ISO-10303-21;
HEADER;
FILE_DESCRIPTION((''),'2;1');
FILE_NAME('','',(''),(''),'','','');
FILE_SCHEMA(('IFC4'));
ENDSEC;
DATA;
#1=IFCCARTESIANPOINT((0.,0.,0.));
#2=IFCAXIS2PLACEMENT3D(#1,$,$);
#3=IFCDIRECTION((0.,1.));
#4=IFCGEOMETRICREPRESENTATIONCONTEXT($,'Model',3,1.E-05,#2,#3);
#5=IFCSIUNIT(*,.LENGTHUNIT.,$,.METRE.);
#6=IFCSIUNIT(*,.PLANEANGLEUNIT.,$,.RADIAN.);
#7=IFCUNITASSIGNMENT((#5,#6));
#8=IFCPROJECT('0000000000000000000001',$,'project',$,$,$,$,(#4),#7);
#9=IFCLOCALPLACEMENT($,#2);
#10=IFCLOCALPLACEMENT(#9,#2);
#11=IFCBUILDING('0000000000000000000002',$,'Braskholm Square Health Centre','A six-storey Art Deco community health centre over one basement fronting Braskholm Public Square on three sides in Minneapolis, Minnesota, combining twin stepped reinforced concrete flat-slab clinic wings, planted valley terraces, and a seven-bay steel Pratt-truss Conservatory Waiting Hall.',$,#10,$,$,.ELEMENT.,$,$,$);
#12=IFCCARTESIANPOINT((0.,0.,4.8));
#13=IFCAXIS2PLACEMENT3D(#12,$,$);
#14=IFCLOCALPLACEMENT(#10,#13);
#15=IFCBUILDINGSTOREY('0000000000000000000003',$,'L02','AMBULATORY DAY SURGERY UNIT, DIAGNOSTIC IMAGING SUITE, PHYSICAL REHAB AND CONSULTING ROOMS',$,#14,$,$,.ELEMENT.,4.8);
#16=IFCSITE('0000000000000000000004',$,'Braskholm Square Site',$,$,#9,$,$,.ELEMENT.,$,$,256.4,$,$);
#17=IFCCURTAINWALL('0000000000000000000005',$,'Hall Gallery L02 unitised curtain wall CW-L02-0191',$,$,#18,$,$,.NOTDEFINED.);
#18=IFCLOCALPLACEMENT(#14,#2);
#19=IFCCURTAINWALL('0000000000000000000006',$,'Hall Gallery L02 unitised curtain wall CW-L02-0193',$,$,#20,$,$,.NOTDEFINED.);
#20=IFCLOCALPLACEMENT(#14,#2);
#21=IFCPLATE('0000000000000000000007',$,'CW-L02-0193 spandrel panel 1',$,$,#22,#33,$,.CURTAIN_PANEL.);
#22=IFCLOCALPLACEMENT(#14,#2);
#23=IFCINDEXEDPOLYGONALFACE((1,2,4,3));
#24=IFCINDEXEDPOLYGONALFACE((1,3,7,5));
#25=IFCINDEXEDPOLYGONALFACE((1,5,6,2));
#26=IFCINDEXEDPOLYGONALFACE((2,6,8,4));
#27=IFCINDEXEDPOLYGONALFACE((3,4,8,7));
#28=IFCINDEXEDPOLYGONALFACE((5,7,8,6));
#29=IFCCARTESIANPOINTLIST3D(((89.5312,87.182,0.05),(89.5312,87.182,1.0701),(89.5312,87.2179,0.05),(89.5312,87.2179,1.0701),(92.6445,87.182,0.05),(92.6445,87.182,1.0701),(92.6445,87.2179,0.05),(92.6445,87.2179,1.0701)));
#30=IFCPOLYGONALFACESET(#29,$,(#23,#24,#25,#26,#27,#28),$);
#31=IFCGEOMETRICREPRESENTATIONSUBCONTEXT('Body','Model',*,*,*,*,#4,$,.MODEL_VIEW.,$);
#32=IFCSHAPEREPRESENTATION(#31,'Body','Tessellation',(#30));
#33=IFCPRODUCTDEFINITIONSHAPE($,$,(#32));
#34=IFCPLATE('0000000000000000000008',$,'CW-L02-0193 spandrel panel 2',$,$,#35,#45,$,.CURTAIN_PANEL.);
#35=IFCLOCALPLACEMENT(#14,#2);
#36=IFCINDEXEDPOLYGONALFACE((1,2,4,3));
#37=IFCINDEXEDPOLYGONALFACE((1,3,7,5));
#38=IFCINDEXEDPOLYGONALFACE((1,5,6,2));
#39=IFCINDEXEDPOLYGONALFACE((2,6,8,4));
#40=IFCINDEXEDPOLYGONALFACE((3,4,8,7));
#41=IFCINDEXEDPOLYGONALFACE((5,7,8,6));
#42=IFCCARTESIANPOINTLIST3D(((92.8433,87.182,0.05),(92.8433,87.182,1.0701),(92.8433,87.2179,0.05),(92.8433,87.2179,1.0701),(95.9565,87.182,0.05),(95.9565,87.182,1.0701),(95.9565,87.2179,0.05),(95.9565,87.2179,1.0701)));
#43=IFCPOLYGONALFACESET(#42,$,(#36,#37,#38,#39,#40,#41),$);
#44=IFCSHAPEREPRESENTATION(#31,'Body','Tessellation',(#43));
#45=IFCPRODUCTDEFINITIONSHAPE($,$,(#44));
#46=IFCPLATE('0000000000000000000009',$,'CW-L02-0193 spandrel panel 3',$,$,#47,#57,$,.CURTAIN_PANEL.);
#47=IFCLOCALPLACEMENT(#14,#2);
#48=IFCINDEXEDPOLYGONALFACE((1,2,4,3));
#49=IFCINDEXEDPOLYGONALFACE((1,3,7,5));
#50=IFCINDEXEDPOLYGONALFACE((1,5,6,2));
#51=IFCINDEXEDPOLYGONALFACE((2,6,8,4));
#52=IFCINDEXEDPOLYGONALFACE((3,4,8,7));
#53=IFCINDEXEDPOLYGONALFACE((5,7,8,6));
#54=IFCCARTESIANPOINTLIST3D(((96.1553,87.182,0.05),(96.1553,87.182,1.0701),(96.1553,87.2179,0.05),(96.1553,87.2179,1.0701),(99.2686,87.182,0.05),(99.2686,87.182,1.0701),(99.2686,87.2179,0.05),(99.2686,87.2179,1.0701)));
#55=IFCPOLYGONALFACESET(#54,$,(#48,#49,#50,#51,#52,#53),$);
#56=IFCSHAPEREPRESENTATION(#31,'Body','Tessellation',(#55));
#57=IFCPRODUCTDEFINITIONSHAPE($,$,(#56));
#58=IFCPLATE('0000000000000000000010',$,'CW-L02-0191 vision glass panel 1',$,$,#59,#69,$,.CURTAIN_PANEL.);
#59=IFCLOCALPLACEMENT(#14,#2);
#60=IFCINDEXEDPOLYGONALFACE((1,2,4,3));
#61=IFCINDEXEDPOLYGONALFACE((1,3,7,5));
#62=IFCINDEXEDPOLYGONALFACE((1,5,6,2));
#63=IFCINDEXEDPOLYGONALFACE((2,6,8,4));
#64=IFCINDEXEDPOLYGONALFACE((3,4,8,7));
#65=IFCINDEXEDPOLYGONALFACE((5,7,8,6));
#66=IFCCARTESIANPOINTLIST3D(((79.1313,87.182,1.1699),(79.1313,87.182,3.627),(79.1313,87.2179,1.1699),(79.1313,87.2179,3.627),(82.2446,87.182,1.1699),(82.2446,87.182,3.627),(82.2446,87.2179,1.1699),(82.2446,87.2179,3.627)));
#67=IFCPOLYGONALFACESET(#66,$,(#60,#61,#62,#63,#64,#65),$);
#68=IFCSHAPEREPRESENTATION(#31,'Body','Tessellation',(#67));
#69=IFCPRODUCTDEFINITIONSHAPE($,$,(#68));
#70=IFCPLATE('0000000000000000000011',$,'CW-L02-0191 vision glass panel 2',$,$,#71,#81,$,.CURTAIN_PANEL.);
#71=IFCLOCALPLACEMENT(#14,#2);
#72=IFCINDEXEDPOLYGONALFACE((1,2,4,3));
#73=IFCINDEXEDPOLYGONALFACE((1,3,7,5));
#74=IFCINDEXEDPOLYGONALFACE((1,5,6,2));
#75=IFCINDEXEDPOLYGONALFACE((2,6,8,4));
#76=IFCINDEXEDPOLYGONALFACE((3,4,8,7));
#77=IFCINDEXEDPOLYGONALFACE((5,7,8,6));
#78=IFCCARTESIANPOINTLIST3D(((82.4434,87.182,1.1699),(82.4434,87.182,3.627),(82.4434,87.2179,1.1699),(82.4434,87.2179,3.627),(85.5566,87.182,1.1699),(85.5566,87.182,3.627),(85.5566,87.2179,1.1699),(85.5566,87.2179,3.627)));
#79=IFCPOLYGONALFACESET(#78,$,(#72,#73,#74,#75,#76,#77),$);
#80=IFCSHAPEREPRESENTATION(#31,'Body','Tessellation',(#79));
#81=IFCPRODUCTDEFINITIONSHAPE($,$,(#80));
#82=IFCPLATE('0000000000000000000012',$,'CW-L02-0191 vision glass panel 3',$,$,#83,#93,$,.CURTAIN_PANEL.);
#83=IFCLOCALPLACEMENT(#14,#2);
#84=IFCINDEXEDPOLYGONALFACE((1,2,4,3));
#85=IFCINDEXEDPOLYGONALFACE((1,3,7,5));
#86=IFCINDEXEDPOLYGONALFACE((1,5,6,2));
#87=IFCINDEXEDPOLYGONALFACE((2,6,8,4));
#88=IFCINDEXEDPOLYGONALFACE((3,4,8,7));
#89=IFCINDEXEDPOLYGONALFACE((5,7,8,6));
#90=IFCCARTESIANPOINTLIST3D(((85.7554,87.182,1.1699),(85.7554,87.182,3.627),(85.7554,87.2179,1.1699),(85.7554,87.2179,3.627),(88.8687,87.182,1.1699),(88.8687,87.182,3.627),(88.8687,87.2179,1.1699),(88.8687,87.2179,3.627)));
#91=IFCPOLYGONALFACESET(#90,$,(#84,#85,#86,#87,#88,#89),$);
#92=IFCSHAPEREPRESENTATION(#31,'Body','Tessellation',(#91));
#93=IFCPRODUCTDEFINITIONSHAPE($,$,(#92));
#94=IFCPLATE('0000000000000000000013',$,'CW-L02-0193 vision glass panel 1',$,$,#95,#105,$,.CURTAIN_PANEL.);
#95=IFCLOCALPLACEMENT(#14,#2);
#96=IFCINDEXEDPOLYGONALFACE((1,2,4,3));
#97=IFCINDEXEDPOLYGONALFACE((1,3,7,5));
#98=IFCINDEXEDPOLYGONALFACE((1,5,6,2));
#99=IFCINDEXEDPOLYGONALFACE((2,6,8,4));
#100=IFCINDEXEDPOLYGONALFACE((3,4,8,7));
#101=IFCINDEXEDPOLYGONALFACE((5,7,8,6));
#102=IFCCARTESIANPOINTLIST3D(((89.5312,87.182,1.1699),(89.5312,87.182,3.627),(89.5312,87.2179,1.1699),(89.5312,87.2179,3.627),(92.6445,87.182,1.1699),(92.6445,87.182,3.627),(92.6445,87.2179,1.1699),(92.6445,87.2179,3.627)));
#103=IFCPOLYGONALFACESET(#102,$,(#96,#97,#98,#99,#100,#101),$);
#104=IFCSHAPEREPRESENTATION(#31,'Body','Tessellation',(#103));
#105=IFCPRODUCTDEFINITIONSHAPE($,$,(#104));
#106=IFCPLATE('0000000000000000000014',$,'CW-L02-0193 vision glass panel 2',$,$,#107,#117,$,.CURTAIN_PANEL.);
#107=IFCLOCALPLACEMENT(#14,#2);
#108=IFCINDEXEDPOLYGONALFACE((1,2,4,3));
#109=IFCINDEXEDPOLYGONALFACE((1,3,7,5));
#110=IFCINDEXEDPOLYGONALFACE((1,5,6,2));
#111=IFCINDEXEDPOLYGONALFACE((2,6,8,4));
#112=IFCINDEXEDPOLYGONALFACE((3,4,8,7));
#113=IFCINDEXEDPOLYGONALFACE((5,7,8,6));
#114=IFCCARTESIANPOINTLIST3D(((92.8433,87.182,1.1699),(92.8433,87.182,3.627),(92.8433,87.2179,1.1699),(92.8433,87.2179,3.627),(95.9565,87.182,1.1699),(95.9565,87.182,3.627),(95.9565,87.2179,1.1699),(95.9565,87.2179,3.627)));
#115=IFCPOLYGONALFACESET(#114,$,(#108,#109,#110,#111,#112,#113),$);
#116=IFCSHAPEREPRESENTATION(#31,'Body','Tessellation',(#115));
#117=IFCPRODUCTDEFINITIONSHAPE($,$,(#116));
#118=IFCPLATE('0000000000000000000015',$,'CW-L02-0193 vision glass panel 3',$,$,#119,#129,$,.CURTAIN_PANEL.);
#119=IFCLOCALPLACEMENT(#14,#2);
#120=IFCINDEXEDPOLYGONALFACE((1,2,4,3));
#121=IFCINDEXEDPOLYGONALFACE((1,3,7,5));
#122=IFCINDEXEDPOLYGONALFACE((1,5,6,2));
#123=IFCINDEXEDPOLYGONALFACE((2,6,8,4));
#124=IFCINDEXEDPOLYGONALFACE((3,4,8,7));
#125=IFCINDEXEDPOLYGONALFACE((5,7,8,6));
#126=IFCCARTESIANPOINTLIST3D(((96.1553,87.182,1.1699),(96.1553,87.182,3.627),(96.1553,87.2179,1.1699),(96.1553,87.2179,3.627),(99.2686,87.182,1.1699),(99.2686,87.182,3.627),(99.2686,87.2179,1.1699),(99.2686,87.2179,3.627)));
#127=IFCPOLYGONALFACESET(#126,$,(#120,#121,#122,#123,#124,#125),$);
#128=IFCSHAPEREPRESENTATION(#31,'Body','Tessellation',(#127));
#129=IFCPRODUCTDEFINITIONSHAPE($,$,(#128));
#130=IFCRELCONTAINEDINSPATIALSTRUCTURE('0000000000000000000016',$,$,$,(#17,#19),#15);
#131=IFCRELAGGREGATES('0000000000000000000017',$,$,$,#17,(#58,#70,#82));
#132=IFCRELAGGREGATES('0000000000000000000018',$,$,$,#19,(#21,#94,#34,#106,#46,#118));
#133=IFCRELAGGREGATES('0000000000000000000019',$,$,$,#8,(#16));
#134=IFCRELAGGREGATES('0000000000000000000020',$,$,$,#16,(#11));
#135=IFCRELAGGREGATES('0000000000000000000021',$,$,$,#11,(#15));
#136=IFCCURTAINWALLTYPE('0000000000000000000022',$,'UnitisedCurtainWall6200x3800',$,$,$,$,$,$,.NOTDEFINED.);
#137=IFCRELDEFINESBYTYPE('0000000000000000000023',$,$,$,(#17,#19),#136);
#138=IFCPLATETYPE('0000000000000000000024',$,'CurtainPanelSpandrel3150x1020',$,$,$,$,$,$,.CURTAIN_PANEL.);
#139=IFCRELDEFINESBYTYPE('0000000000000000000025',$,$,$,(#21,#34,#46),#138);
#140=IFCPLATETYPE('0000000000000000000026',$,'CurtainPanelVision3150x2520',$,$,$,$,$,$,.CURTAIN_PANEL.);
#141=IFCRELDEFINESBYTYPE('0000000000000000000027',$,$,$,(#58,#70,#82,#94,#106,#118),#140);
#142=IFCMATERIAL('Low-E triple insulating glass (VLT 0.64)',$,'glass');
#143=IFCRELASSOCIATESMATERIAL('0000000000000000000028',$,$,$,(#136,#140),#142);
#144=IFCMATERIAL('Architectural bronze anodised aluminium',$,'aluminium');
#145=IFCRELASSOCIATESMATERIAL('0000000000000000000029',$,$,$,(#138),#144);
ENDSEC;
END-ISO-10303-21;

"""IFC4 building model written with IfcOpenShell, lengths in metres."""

from ifc_helpers import new_model, si_unit, direction, frame, origin, origin_2d, place, context, subcontext, project, spatial, rectangle, extrude, material, type_object, element, aggregate, save


model = new_model("IFC4")

# Units and contexts
model_context = context("Model", 3, precision=1e-05, world=origin(), true_north=direction((0.0, 1.0)))
body_context = subcontext(model_context, "Body", "Model", "MODEL_VIEW")
ifc_project = project(units=[si_unit("LENGTHUNIT", "METRE"), si_unit("PLANEANGLEUNIT", "RADIAN")], contexts=[model_context])

# Site, building, storey
site_placement = place(None, origin())
site = spatial("IfcSite", under=ifc_project, at=site_placement, Name="Braskholm Square Site", CompositionType="ELEMENT", RefElevation=256.4)
building_placement = place(site_placement, origin())
building = spatial("IfcBuilding", under=site, at=building_placement, Name="Braskholm Square Health Centre", Description="A six-storey Art Deco community health centre over one basement fronting Braskholm Public Square on three sides in Minneapolis, Minnesota, combining twin stepped reinforced concrete flat-slab clinic wings, planted valley terraces, and a seven-bay steel Pratt-truss Conservatory Waiting Hall.", CompositionType="ELEMENT")
storey_placement = place(building_placement, frame((0.0, 0.0, 4.8)))
storey = spatial("IfcBuildingStorey", under=building, at=storey_placement, Name="L02", Description="AMBULATORY DAY SURGERY UNIT, DIAGNOSTIC IMAGING SUITE, PHYSICAL REHAB AND CONSULTING ROOMS", CompositionType="ELEMENT", Elevation=4.8)

# Curtain walls
ifc_material_1 = material(Name="Low-E triple insulating glass (VLT 0.64)", Category="glass")
curtain_wall_type = type_object("IfcCurtainWallType", Name="UnitisedCurtainWall6200x3800", PredefinedType="NOTDEFINED", material=ifc_material_1)
curtain_wall_1_placement = place(storey_placement, origin())
curtain_wall_1 = element("IfcCurtainWall", 1, at=curtain_wall_1_placement, inside=storey, type_object=curtain_wall_type, Name="Hall Gallery L02 unitised curtain wall CW-L02-0191", PredefinedType="NOTDEFINED")
ifc_material_2 = material(Name="Architectural bronze anodised aluminium", Category="aluminium")
curtain_wall_2_placement = place(storey_placement, origin())
curtain_wall_2 = element("IfcCurtainWall", 2, at=curtain_wall_2_placement, inside=storey, type_object=curtain_wall_type, Name="Hall Gallery L02 unitised curtain wall CW-L02-0193", PredefinedType="NOTDEFINED")

# Plates
plate_type_1 = type_object("IfcPlateType", Name="CurtainPanelSpandrel3150x1020", PredefinedType="CURTAIN_PANEL", material=ifc_material_2)
plate_1_placement = place(storey_placement, frame((91.0879, 87.2, 0.05), z_axis=(0.0, 0.0, 1.0), x_axis=(1.0, 0.0, 0.0)))
plate_1 = element("IfcPlate", 3, at=plate_1_placement, type_object=plate_type_1, Name="CW-L02-0193 spandrel panel 1", PredefinedType="CURTAIN_PANEL", context=body_context, shape_type="SweptSolid", body=[
    extrude(rectangle(XDim=3.1133, YDim=0.0359, at=origin_2d()), origin(), (0.0, 0.0, 1.0), 1.02),
])
plate_2_placement = place(storey_placement, frame((94.3999, 87.2, 0.05), z_axis=(0.0, 0.0, 1.0), x_axis=(1.0, 0.0, 0.0)))
plate_2 = element("IfcPlate", 4, at=plate_2_placement, type_object=plate_type_1, Name="CW-L02-0193 spandrel panel 2", PredefinedType="CURTAIN_PANEL", context=body_context, shape_type="SweptSolid", body=[
    extrude(rectangle(XDim=3.1133, YDim=0.0359, at=origin_2d()), origin(), (0.0, 0.0, 1.0), 1.02),
])
plate_3_placement = place(storey_placement, frame((97.7119, 87.2, 0.05), z_axis=(0.0, 0.0, 1.0), x_axis=(1.0, 0.0, 0.0)))
plate_3 = element("IfcPlate", 5, at=plate_3_placement, type_object=plate_type_1, Name="CW-L02-0193 spandrel panel 3", PredefinedType="CURTAIN_PANEL", context=body_context, shape_type="SweptSolid", body=[
    extrude(rectangle(XDim=3.1133, YDim=0.0359, at=origin_2d()), origin(), (0.0, 0.0, 1.0), 1.02),
])
plate_type_2 = type_object("IfcPlateType", Name="CurtainPanelVision3150x2520", PredefinedType="CURTAIN_PANEL", material=ifc_material_1)
plate_4_placement = place(storey_placement, frame((80.688, 87.2, 1.1699), z_axis=(0.0, 0.0, 1.0), x_axis=(1.0, 0.0, 0.0)))
plate_4 = element("IfcPlate", 6, at=plate_4_placement, type_object=plate_type_2, Name="CW-L02-0191 vision glass panel 1", PredefinedType="CURTAIN_PANEL", context=body_context, shape_type="SweptSolid", body=[
    extrude(rectangle(XDim=3.1133, YDim=0.0359, at=origin_2d()), origin(), (0.0, 0.0, 1.0), 2.457),
])
plate_5_placement = place(storey_placement, frame((84.0, 87.2, 1.1699), z_axis=(0.0, 0.0, 1.0), x_axis=(1.0, 0.0, 0.0)))
plate_5 = element("IfcPlate", 7, at=plate_5_placement, type_object=plate_type_2, Name="CW-L02-0191 vision glass panel 2", PredefinedType="CURTAIN_PANEL", context=body_context, shape_type="SweptSolid", body=[
    extrude(rectangle(XDim=3.1133, YDim=0.0359, at=origin_2d()), origin(), (0.0, 0.0, 1.0), 2.457),
])
plate_6_placement = place(storey_placement, frame((87.312, 87.2, 1.1699), z_axis=(0.0, 0.0, 1.0), x_axis=(1.0, 0.0, 0.0)))
plate_6 = element("IfcPlate", 8, at=plate_6_placement, type_object=plate_type_2, Name="CW-L02-0191 vision glass panel 3", PredefinedType="CURTAIN_PANEL", context=body_context, shape_type="SweptSolid", body=[
    extrude(rectangle(XDim=3.1133, YDim=0.0359, at=origin_2d()), origin(), (0.0, 0.0, 1.0), 2.457),
])
aggregate(curtain_wall_1, [plate_4, plate_5, plate_6])
plate_7_placement = place(storey_placement, frame((91.0879, 87.2, 1.1699), z_axis=(0.0, 0.0, 1.0), x_axis=(1.0, 0.0, 0.0)))
plate_7 = element("IfcPlate", 9, at=plate_7_placement, type_object=plate_type_2, Name="CW-L02-0193 vision glass panel 1", PredefinedType="CURTAIN_PANEL", context=body_context, shape_type="SweptSolid", body=[
    extrude(rectangle(XDim=3.1133, YDim=0.0359, at=origin_2d()), origin(), (0.0, 0.0, 1.0), 2.457),
])
plate_8_placement = place(storey_placement, frame((94.3999, 87.2, 1.1699), z_axis=(0.0, 0.0, 1.0), x_axis=(1.0, 0.0, 0.0)))
plate_8 = element("IfcPlate", 10, at=plate_8_placement, type_object=plate_type_2, Name="CW-L02-0193 vision glass panel 2", PredefinedType="CURTAIN_PANEL", context=body_context, shape_type="SweptSolid", body=[
    extrude(rectangle(XDim=3.1133, YDim=0.0359, at=origin_2d()), origin(), (0.0, 0.0, 1.0), 2.457),
])
plate_9_placement = place(storey_placement, frame((97.7119, 87.2, 1.1699), z_axis=(0.0, 0.0, 1.0), x_axis=(1.0, 0.0, 0.0)))
plate_9 = element("IfcPlate", 11, at=plate_9_placement, type_object=plate_type_2, Name="CW-L02-0193 vision glass panel 3", PredefinedType="CURTAIN_PANEL", context=body_context, shape_type="SweptSolid", body=[
    extrude(rectangle(XDim=3.1133, YDim=0.0359, at=origin_2d()), origin(), (0.0, 0.0, 1.0), 2.457),
])
aggregate(curtain_wall_2, [plate_1, plate_7, plate_2, plate_8, plate_3, plate_9])

save(model, "model.ifc")
